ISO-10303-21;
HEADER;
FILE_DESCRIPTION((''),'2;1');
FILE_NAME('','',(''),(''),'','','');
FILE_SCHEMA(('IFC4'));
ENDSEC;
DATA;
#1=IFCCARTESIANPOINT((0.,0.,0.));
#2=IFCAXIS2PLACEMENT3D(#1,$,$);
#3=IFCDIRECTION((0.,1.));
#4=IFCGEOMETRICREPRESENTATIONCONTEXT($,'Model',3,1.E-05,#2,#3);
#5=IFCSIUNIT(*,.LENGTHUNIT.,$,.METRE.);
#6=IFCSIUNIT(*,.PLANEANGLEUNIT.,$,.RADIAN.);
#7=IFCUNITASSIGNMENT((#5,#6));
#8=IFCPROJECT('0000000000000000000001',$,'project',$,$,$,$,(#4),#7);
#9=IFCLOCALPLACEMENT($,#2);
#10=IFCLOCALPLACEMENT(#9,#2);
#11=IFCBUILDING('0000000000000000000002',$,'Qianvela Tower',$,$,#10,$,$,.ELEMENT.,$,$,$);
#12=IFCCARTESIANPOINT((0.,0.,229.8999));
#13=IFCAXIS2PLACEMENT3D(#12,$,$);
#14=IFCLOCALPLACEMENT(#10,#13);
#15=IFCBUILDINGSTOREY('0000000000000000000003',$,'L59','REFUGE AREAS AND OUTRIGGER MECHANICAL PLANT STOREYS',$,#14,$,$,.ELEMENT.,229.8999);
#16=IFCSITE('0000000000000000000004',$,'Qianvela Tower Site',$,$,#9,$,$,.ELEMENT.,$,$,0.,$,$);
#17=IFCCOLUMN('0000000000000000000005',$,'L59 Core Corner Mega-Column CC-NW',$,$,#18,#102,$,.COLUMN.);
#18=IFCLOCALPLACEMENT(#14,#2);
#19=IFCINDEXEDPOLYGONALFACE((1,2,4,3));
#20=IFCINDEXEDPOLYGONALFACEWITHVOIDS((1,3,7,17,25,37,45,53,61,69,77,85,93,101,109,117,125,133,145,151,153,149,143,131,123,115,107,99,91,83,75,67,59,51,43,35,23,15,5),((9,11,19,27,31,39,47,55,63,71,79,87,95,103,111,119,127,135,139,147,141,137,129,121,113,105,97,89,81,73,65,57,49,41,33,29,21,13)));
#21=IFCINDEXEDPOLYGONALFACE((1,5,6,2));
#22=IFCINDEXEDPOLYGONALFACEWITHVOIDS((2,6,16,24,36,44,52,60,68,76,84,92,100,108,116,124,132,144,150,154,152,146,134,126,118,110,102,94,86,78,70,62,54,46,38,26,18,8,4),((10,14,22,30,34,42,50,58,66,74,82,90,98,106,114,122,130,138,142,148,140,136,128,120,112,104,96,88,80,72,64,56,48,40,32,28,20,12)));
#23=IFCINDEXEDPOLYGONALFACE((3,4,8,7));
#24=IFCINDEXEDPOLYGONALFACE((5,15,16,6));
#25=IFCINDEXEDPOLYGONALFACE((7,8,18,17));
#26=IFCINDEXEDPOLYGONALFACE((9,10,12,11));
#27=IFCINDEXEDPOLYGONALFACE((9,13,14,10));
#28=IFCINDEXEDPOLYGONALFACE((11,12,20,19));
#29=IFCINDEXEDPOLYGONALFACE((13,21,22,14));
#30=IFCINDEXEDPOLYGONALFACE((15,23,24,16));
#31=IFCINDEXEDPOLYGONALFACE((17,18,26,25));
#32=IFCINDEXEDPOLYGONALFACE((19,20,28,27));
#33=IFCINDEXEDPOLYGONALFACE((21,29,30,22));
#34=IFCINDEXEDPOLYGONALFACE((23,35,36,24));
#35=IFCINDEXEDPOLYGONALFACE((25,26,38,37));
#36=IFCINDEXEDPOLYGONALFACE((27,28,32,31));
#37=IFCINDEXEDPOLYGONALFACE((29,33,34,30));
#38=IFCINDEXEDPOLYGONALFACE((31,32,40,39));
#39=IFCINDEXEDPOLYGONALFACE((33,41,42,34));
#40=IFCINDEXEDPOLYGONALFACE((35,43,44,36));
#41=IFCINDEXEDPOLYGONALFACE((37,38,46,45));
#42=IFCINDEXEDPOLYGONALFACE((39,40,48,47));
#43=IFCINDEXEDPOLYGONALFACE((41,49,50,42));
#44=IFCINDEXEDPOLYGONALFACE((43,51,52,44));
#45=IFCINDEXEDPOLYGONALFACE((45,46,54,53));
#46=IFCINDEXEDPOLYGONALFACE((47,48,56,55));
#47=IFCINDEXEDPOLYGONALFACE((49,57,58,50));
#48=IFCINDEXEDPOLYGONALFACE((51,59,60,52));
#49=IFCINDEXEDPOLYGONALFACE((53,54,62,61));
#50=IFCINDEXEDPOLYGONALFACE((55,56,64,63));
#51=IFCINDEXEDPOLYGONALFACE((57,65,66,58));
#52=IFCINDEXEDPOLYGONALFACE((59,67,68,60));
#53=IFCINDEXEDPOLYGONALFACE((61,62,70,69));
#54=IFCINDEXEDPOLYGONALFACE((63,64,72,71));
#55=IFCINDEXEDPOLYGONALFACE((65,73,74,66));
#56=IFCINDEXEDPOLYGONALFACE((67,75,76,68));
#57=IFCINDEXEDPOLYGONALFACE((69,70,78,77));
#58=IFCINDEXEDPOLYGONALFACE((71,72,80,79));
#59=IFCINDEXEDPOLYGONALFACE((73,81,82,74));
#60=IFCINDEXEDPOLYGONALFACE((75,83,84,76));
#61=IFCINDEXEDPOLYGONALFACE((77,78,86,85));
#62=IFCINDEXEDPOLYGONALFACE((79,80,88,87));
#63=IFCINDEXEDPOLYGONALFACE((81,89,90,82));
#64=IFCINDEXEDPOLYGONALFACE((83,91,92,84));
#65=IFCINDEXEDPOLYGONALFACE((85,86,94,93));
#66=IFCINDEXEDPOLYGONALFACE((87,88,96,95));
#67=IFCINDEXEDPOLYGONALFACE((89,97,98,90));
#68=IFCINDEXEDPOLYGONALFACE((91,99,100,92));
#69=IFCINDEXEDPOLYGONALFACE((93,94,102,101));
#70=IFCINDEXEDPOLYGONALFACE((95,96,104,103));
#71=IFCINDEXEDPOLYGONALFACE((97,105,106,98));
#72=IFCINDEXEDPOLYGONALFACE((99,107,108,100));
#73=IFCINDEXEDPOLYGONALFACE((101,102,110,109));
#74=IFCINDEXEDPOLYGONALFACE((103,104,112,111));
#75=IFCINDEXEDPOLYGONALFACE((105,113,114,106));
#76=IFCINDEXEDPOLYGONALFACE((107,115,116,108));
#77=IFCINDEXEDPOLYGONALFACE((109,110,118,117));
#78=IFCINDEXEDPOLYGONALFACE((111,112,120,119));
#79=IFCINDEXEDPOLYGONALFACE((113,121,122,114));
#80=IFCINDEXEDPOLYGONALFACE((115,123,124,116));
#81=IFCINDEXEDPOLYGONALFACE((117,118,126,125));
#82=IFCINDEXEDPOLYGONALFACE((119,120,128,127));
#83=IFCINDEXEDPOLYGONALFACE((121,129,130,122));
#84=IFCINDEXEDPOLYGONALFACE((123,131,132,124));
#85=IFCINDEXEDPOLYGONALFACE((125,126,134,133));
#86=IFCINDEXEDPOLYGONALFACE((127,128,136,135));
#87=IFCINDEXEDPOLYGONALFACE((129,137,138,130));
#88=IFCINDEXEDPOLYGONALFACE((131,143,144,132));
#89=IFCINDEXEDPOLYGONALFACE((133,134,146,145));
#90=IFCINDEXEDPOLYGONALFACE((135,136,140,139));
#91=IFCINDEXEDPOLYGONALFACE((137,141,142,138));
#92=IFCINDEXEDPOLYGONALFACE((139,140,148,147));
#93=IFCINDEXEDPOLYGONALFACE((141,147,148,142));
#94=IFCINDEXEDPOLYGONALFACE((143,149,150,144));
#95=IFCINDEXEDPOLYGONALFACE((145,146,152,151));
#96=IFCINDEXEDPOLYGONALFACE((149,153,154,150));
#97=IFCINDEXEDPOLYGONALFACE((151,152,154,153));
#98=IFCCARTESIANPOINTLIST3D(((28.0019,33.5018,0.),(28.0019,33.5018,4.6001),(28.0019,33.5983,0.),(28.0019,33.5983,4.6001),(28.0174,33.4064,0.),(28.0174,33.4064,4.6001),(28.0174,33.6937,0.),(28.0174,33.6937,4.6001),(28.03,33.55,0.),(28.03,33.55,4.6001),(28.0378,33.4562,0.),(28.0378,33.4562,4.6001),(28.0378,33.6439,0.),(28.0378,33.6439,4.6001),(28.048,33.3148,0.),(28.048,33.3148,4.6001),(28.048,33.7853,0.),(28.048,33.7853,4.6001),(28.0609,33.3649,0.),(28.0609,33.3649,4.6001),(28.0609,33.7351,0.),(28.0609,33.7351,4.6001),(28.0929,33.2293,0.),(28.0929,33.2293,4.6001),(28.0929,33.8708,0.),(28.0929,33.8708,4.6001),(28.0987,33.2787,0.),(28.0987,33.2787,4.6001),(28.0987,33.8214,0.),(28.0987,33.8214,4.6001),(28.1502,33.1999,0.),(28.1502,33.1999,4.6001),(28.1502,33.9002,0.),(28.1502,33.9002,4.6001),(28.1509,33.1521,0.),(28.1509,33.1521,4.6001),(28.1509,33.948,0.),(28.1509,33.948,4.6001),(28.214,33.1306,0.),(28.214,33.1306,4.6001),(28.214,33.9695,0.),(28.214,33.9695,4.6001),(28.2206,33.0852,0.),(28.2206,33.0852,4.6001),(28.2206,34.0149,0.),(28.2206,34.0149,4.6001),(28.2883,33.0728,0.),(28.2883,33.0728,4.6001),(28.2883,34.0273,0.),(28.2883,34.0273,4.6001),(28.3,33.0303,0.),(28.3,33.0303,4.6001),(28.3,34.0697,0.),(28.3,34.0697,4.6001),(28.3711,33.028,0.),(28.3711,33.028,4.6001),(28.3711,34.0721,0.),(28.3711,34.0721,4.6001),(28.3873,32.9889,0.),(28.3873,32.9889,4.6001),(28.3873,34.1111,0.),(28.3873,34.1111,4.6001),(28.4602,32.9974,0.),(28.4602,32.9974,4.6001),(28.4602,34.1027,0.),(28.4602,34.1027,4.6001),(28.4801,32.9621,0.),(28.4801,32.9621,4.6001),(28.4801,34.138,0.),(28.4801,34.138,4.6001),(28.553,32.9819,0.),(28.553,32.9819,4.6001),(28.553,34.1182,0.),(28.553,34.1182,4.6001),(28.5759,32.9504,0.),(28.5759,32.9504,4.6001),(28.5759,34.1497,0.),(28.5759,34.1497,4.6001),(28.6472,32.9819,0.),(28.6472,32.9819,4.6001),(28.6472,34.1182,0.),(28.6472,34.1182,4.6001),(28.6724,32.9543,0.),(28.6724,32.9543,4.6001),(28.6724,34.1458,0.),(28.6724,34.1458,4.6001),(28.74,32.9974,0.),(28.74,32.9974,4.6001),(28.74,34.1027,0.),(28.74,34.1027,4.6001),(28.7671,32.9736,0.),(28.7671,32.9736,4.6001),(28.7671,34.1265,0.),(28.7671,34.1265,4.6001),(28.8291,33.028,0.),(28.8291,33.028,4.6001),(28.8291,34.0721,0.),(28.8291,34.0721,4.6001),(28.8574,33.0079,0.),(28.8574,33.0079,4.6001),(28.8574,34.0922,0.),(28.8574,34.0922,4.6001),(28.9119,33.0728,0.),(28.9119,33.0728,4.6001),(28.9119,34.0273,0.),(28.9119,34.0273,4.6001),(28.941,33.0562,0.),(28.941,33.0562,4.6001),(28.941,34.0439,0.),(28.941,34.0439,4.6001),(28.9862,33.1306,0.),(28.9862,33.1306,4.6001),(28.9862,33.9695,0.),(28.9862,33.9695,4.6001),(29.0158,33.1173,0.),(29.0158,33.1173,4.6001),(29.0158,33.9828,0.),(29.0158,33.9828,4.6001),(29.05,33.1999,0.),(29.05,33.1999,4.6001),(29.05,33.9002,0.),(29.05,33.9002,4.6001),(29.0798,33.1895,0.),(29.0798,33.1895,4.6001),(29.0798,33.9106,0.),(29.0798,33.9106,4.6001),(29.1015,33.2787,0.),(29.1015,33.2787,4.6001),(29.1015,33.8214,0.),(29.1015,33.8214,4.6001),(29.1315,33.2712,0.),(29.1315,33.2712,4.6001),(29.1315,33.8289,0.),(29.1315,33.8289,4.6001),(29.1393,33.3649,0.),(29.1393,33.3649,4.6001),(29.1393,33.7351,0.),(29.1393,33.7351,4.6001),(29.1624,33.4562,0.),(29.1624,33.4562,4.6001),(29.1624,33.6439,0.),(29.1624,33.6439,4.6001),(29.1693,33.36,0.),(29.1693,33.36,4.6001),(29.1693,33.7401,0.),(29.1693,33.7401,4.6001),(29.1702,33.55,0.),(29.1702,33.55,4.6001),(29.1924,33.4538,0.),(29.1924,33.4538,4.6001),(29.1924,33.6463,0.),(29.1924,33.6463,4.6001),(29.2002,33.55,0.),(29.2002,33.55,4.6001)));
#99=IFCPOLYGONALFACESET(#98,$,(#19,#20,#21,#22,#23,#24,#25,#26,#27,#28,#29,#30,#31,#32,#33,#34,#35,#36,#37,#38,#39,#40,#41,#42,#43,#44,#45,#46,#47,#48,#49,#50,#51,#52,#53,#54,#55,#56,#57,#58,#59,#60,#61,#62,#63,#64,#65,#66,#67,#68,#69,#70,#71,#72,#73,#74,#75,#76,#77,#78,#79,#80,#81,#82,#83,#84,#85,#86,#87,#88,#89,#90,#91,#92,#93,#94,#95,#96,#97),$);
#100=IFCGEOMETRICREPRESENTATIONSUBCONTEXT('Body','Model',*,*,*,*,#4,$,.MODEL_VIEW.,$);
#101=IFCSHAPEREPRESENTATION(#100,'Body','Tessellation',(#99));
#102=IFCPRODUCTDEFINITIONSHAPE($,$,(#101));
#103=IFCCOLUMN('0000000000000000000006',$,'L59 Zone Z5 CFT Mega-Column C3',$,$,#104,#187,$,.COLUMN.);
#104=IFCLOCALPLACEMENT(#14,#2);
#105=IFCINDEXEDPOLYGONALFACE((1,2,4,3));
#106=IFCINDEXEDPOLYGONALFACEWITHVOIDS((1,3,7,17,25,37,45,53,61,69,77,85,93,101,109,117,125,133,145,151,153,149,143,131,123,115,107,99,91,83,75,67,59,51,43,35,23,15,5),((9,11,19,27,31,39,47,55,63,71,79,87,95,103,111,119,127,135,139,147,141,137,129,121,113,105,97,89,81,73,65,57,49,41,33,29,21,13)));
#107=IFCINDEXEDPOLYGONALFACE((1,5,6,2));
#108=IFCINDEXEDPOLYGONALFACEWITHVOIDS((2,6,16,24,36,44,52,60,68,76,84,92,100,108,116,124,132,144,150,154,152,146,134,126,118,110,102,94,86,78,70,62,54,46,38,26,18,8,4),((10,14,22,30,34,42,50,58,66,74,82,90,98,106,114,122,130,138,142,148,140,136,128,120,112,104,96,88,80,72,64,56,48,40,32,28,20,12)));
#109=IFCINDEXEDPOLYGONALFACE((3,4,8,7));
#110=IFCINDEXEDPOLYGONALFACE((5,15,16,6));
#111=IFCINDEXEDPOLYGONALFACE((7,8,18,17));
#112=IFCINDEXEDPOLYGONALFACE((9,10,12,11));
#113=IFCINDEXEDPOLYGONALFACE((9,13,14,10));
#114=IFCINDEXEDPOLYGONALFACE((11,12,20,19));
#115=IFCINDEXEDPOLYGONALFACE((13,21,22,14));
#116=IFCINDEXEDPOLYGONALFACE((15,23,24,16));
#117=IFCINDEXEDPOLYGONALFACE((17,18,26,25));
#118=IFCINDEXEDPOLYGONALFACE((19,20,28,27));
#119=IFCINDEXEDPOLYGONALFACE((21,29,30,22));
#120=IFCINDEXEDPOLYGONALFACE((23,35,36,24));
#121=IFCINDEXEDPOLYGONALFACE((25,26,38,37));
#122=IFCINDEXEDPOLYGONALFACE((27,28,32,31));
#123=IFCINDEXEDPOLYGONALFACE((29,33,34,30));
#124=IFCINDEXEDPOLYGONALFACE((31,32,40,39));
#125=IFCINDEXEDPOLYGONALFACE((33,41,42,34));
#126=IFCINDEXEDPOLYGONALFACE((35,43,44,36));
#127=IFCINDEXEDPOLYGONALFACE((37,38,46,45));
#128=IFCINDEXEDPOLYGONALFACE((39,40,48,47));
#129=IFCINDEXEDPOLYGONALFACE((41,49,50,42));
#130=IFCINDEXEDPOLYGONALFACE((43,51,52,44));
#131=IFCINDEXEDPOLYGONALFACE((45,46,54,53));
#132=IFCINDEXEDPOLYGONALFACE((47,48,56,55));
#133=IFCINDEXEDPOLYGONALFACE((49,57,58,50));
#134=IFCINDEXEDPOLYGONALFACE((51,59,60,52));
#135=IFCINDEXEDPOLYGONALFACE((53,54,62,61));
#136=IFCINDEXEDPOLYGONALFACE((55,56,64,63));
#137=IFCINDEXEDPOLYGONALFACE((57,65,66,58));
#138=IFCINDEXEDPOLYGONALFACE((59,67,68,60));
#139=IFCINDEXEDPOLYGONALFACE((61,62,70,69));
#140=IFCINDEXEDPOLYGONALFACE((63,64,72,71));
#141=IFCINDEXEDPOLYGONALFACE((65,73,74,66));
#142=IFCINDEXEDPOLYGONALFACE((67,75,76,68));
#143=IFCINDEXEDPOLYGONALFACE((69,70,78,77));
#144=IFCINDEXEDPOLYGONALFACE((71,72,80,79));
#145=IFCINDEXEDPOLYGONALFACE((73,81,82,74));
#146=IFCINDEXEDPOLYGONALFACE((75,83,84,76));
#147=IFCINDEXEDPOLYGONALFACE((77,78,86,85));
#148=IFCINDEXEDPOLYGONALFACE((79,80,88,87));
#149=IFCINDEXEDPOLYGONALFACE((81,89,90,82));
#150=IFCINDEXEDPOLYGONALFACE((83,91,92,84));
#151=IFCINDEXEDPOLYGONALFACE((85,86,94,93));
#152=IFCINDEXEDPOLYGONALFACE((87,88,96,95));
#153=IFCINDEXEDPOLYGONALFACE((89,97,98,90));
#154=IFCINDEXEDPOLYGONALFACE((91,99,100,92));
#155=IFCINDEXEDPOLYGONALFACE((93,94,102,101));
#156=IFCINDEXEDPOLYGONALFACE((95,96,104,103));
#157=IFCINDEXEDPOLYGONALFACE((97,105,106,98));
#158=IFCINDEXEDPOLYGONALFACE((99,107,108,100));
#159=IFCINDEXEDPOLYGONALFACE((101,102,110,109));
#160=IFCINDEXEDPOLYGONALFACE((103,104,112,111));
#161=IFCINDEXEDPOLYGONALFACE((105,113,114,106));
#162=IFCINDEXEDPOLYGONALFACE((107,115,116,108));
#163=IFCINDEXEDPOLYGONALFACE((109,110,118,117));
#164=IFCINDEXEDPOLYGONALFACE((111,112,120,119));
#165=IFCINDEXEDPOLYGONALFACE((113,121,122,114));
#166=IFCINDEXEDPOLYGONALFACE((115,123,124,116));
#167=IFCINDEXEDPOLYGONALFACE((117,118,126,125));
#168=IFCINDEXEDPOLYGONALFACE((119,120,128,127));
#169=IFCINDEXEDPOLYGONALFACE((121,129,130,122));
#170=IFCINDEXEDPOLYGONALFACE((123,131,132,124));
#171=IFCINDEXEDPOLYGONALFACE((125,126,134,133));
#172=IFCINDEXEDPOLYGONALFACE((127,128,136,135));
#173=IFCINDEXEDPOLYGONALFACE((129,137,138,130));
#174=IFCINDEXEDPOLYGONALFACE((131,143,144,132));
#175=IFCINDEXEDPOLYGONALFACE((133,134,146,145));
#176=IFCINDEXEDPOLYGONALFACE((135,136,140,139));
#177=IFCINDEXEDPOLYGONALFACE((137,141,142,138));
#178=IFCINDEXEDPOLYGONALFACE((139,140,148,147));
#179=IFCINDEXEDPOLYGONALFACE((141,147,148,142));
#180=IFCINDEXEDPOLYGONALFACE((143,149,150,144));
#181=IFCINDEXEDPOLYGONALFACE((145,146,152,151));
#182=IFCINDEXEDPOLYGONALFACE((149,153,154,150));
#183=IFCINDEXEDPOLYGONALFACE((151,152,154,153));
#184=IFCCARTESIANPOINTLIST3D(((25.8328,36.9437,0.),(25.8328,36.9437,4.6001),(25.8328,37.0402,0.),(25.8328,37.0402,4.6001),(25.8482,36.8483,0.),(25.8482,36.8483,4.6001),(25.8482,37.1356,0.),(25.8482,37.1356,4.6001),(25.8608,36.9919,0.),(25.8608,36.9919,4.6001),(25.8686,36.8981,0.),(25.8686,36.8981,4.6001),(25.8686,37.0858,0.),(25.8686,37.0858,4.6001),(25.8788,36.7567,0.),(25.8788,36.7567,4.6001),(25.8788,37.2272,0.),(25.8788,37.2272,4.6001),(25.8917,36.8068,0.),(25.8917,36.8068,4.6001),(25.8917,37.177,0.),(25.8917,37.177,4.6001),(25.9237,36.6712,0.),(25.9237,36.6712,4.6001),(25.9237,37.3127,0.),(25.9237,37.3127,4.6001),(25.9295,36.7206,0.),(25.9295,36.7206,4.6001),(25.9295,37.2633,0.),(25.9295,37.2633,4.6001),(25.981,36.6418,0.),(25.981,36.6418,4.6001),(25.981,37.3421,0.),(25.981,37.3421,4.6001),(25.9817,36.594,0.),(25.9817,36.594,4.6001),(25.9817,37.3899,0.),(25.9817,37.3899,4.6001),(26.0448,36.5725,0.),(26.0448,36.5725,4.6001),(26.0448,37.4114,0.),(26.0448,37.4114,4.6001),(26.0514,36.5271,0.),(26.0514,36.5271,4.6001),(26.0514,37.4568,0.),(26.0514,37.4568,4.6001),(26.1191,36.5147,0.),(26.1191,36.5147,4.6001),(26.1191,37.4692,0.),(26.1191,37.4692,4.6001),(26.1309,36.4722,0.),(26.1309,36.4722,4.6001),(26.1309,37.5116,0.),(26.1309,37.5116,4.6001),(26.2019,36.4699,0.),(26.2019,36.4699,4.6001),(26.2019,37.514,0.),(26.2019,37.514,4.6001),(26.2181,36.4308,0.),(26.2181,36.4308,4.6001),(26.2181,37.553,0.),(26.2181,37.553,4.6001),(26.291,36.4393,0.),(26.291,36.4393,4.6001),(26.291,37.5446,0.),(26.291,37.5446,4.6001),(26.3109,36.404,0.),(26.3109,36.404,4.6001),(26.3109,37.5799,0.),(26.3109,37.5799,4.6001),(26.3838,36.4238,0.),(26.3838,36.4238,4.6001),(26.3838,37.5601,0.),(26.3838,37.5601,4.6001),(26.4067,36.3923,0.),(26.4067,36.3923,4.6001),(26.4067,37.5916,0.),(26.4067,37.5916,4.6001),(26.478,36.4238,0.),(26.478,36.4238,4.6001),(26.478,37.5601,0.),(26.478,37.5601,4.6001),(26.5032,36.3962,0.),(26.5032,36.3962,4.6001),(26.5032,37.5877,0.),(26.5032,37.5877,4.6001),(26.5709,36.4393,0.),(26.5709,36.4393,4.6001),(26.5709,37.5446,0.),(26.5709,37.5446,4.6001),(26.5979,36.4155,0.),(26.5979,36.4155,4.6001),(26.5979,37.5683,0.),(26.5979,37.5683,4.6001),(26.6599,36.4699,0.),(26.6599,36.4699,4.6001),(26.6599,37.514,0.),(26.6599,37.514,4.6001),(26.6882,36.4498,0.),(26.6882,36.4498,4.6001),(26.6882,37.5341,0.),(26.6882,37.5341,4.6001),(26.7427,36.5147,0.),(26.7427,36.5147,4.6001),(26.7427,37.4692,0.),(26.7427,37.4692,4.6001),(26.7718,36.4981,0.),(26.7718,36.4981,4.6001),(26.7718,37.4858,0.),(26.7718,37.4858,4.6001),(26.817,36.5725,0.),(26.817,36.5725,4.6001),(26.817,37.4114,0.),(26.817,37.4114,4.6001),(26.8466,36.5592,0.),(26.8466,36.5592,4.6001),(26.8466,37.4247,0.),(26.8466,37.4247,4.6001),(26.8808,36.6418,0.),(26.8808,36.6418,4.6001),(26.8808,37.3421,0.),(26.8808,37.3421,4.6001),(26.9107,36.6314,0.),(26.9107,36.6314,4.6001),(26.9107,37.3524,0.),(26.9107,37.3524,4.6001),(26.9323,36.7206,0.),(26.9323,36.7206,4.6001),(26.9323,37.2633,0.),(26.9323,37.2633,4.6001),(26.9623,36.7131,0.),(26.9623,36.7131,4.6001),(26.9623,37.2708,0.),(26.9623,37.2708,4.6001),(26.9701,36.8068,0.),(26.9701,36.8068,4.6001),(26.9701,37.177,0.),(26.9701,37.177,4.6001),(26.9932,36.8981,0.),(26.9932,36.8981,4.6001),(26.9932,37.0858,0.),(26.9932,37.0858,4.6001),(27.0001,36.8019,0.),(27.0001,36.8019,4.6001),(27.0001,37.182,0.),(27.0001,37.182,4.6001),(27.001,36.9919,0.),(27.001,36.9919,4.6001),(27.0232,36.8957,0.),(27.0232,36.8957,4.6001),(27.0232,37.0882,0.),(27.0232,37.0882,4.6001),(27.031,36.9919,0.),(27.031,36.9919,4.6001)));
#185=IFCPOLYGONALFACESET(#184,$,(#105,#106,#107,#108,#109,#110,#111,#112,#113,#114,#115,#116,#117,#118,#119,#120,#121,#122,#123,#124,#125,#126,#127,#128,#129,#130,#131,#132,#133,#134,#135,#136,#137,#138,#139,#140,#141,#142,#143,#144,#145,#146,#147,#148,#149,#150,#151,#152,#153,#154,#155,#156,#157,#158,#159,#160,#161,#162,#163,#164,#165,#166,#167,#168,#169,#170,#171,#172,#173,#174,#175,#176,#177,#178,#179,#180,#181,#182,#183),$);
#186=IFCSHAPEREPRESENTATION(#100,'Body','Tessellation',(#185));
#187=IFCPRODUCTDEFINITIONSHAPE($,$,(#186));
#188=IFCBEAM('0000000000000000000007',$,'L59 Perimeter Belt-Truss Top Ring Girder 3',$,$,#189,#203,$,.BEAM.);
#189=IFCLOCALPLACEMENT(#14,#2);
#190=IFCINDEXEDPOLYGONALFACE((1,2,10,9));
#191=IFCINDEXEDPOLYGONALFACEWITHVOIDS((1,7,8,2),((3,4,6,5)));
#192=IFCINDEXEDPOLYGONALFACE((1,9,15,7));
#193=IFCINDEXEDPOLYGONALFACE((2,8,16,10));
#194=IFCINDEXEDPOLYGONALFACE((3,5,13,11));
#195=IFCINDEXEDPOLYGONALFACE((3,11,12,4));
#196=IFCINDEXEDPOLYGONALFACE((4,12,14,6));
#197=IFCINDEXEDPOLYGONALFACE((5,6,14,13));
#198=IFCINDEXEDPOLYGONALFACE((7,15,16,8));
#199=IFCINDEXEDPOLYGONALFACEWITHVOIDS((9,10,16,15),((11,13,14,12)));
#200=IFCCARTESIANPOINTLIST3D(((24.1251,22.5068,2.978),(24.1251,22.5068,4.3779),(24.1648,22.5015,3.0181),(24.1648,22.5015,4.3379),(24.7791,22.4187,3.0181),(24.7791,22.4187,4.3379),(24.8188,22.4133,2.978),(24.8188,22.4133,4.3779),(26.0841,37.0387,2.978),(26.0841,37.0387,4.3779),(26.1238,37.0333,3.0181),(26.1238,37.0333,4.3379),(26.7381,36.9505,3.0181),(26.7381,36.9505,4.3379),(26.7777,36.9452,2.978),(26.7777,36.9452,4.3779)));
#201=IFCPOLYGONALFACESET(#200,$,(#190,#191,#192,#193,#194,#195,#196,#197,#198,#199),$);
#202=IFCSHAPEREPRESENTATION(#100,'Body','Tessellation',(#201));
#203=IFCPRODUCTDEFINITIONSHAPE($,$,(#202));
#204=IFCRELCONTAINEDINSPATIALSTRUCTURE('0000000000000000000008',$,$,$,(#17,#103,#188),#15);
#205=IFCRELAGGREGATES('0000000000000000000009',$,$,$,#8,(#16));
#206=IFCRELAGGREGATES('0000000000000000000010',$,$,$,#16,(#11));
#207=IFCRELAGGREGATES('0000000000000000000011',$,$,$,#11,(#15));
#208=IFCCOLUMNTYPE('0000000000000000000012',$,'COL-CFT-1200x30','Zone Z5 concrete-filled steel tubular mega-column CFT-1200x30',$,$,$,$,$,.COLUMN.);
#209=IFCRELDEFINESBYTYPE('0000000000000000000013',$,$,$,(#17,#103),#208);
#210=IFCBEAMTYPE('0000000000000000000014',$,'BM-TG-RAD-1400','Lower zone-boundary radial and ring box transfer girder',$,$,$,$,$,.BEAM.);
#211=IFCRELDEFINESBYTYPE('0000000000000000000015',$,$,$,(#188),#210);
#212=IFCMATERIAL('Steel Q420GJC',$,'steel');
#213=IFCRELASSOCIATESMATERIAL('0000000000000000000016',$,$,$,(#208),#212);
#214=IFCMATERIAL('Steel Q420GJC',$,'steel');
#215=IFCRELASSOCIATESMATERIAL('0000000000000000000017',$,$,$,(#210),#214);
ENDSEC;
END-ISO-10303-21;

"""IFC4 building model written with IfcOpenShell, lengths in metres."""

from ifc_helpers import new_model, si_unit, direction, frame, origin, origin_2d, place, context, subcontext, project, spatial, hollow_rectangle, hollow_circle, extrude, material, material_profile, profile_set, type_object, element, save


model = new_model("IFC4")

# Units and contexts
model_context = context("Model", 3, precision=1e-05, world=origin(), true_north=direction((0.0, 1.0)))
body_context = subcontext(model_context, "Body", "Model", "MODEL_VIEW")
ifc_project = project(units=[si_unit("LENGTHUNIT", "METRE"), si_unit("PLANEANGLEUNIT", "RADIAN")], contexts=[model_context])

# Site, building, storey
site_placement = place(None, origin())
site = spatial("IfcSite", under=ifc_project, at=site_placement, Name="Qianvela Tower Site", CompositionType="ELEMENT", RefElevation=0.0)
building_placement = place(site_placement, origin())
building = spatial("IfcBuilding", under=site, at=building_placement, Name="Qianvela Tower", CompositionType="ELEMENT")
storey_placement = place(building_placement, frame((0.0, 0.0, 229.8999)))
storey = spatial("IfcBuildingStorey", under=building, at=storey_placement, Name="L59", Description="REFUGE AREAS AND OUTRIGGER MECHANICAL PLANT STOREYS", CompositionType="ELEMENT", Elevation=229.8999)

# Columns
ifc_material_1 = material(Name="Steel Q420GJC", Category="steel")
ifc_material_profile_1 = material_profile(ifc_material_1, hollow_circle(Radius=0.6001, WallThickness=0.03, at=origin_2d()), Name="CFT-1200x30")
ifc_profile_set_1 = profile_set([ifc_material_profile_1], Name="Steel Q420GJC")
column_type = type_object("IfcColumnType", Name="COL-CFT-1200x30", Description="Zone Z5 concrete-filled steel tubular mega-column CFT-1200x30", PredefinedType="COLUMN", material=ifc_profile_set_1)
for number, where, z_axis, x_axis, name in (
    (1, (28.6001, 33.55, 0.0), (0.0, 0.0, 1.0), (1.0, 0.0, 0.0), "L59 Core Corner Mega-Column CC-NW"),
    (2, (26.4309, 36.9919, 0.0), (0.0, 0.0, 1.0), (1.0, 0.0, 0.0), "L59 Zone Z5 CFT Mega-Column C3"),
):
    element("IfcColumn", number, at=place(storey_placement, frame(where, z_axis=z_axis, x_axis=x_axis)), inside=storey, type_object=column_type, Name=name, PredefinedType="COLUMN", context=body_context, shape_type="SweptSolid", body=[
        extrude(hollow_circle(Radius=0.6001, WallThickness=0.03, at=origin_2d()), origin(), (0.0, 0.0, 1.0), 4.6001),
    ])

# Beam
ifc_material_2 = material(Name="Steel Q420GJC", Category="steel")
ifc_material_profile_2 = material_profile(ifc_material_2, hollow_rectangle(XDim=0.7, YDim=1.3999, WallThickness=0.04, at=origin_2d()), Name="TG-BOX-1400x700x40")
ifc_profile_set_2 = profile_set([ifc_material_profile_2], Name="Steel Q420GJC")
beam_type_1 = type_object("IfcBeamType", Name="BM-TG-RAD-1400", Description="Lower zone-boundary radial and ring box transfer girder", PredefinedType="BEAM", material=ifc_profile_set_2)
beam_1_placement = place(storey_placement, frame((26.4309, 36.9919, 3.678), z_axis=(-0.133597, -0.991036, 0.0), x_axis=(0.991036, -0.133597, 0.0)))
element("IfcBeam", 3, at=beam_1_placement, inside=storey, type_object=beam_type_1, Name="L59 Perimeter Belt-Truss Top Ring Girder 3", PredefinedType="BEAM", context=body_context, shape_type="SweptSolid", body=[
    extrude(hollow_rectangle(XDim=0.7, YDim=1.3999, WallThickness=0.04, at=origin_2d()), origin(), (0.0, 0.0, 1.0), 14.6633),
])

save(model, "model.ifc")
